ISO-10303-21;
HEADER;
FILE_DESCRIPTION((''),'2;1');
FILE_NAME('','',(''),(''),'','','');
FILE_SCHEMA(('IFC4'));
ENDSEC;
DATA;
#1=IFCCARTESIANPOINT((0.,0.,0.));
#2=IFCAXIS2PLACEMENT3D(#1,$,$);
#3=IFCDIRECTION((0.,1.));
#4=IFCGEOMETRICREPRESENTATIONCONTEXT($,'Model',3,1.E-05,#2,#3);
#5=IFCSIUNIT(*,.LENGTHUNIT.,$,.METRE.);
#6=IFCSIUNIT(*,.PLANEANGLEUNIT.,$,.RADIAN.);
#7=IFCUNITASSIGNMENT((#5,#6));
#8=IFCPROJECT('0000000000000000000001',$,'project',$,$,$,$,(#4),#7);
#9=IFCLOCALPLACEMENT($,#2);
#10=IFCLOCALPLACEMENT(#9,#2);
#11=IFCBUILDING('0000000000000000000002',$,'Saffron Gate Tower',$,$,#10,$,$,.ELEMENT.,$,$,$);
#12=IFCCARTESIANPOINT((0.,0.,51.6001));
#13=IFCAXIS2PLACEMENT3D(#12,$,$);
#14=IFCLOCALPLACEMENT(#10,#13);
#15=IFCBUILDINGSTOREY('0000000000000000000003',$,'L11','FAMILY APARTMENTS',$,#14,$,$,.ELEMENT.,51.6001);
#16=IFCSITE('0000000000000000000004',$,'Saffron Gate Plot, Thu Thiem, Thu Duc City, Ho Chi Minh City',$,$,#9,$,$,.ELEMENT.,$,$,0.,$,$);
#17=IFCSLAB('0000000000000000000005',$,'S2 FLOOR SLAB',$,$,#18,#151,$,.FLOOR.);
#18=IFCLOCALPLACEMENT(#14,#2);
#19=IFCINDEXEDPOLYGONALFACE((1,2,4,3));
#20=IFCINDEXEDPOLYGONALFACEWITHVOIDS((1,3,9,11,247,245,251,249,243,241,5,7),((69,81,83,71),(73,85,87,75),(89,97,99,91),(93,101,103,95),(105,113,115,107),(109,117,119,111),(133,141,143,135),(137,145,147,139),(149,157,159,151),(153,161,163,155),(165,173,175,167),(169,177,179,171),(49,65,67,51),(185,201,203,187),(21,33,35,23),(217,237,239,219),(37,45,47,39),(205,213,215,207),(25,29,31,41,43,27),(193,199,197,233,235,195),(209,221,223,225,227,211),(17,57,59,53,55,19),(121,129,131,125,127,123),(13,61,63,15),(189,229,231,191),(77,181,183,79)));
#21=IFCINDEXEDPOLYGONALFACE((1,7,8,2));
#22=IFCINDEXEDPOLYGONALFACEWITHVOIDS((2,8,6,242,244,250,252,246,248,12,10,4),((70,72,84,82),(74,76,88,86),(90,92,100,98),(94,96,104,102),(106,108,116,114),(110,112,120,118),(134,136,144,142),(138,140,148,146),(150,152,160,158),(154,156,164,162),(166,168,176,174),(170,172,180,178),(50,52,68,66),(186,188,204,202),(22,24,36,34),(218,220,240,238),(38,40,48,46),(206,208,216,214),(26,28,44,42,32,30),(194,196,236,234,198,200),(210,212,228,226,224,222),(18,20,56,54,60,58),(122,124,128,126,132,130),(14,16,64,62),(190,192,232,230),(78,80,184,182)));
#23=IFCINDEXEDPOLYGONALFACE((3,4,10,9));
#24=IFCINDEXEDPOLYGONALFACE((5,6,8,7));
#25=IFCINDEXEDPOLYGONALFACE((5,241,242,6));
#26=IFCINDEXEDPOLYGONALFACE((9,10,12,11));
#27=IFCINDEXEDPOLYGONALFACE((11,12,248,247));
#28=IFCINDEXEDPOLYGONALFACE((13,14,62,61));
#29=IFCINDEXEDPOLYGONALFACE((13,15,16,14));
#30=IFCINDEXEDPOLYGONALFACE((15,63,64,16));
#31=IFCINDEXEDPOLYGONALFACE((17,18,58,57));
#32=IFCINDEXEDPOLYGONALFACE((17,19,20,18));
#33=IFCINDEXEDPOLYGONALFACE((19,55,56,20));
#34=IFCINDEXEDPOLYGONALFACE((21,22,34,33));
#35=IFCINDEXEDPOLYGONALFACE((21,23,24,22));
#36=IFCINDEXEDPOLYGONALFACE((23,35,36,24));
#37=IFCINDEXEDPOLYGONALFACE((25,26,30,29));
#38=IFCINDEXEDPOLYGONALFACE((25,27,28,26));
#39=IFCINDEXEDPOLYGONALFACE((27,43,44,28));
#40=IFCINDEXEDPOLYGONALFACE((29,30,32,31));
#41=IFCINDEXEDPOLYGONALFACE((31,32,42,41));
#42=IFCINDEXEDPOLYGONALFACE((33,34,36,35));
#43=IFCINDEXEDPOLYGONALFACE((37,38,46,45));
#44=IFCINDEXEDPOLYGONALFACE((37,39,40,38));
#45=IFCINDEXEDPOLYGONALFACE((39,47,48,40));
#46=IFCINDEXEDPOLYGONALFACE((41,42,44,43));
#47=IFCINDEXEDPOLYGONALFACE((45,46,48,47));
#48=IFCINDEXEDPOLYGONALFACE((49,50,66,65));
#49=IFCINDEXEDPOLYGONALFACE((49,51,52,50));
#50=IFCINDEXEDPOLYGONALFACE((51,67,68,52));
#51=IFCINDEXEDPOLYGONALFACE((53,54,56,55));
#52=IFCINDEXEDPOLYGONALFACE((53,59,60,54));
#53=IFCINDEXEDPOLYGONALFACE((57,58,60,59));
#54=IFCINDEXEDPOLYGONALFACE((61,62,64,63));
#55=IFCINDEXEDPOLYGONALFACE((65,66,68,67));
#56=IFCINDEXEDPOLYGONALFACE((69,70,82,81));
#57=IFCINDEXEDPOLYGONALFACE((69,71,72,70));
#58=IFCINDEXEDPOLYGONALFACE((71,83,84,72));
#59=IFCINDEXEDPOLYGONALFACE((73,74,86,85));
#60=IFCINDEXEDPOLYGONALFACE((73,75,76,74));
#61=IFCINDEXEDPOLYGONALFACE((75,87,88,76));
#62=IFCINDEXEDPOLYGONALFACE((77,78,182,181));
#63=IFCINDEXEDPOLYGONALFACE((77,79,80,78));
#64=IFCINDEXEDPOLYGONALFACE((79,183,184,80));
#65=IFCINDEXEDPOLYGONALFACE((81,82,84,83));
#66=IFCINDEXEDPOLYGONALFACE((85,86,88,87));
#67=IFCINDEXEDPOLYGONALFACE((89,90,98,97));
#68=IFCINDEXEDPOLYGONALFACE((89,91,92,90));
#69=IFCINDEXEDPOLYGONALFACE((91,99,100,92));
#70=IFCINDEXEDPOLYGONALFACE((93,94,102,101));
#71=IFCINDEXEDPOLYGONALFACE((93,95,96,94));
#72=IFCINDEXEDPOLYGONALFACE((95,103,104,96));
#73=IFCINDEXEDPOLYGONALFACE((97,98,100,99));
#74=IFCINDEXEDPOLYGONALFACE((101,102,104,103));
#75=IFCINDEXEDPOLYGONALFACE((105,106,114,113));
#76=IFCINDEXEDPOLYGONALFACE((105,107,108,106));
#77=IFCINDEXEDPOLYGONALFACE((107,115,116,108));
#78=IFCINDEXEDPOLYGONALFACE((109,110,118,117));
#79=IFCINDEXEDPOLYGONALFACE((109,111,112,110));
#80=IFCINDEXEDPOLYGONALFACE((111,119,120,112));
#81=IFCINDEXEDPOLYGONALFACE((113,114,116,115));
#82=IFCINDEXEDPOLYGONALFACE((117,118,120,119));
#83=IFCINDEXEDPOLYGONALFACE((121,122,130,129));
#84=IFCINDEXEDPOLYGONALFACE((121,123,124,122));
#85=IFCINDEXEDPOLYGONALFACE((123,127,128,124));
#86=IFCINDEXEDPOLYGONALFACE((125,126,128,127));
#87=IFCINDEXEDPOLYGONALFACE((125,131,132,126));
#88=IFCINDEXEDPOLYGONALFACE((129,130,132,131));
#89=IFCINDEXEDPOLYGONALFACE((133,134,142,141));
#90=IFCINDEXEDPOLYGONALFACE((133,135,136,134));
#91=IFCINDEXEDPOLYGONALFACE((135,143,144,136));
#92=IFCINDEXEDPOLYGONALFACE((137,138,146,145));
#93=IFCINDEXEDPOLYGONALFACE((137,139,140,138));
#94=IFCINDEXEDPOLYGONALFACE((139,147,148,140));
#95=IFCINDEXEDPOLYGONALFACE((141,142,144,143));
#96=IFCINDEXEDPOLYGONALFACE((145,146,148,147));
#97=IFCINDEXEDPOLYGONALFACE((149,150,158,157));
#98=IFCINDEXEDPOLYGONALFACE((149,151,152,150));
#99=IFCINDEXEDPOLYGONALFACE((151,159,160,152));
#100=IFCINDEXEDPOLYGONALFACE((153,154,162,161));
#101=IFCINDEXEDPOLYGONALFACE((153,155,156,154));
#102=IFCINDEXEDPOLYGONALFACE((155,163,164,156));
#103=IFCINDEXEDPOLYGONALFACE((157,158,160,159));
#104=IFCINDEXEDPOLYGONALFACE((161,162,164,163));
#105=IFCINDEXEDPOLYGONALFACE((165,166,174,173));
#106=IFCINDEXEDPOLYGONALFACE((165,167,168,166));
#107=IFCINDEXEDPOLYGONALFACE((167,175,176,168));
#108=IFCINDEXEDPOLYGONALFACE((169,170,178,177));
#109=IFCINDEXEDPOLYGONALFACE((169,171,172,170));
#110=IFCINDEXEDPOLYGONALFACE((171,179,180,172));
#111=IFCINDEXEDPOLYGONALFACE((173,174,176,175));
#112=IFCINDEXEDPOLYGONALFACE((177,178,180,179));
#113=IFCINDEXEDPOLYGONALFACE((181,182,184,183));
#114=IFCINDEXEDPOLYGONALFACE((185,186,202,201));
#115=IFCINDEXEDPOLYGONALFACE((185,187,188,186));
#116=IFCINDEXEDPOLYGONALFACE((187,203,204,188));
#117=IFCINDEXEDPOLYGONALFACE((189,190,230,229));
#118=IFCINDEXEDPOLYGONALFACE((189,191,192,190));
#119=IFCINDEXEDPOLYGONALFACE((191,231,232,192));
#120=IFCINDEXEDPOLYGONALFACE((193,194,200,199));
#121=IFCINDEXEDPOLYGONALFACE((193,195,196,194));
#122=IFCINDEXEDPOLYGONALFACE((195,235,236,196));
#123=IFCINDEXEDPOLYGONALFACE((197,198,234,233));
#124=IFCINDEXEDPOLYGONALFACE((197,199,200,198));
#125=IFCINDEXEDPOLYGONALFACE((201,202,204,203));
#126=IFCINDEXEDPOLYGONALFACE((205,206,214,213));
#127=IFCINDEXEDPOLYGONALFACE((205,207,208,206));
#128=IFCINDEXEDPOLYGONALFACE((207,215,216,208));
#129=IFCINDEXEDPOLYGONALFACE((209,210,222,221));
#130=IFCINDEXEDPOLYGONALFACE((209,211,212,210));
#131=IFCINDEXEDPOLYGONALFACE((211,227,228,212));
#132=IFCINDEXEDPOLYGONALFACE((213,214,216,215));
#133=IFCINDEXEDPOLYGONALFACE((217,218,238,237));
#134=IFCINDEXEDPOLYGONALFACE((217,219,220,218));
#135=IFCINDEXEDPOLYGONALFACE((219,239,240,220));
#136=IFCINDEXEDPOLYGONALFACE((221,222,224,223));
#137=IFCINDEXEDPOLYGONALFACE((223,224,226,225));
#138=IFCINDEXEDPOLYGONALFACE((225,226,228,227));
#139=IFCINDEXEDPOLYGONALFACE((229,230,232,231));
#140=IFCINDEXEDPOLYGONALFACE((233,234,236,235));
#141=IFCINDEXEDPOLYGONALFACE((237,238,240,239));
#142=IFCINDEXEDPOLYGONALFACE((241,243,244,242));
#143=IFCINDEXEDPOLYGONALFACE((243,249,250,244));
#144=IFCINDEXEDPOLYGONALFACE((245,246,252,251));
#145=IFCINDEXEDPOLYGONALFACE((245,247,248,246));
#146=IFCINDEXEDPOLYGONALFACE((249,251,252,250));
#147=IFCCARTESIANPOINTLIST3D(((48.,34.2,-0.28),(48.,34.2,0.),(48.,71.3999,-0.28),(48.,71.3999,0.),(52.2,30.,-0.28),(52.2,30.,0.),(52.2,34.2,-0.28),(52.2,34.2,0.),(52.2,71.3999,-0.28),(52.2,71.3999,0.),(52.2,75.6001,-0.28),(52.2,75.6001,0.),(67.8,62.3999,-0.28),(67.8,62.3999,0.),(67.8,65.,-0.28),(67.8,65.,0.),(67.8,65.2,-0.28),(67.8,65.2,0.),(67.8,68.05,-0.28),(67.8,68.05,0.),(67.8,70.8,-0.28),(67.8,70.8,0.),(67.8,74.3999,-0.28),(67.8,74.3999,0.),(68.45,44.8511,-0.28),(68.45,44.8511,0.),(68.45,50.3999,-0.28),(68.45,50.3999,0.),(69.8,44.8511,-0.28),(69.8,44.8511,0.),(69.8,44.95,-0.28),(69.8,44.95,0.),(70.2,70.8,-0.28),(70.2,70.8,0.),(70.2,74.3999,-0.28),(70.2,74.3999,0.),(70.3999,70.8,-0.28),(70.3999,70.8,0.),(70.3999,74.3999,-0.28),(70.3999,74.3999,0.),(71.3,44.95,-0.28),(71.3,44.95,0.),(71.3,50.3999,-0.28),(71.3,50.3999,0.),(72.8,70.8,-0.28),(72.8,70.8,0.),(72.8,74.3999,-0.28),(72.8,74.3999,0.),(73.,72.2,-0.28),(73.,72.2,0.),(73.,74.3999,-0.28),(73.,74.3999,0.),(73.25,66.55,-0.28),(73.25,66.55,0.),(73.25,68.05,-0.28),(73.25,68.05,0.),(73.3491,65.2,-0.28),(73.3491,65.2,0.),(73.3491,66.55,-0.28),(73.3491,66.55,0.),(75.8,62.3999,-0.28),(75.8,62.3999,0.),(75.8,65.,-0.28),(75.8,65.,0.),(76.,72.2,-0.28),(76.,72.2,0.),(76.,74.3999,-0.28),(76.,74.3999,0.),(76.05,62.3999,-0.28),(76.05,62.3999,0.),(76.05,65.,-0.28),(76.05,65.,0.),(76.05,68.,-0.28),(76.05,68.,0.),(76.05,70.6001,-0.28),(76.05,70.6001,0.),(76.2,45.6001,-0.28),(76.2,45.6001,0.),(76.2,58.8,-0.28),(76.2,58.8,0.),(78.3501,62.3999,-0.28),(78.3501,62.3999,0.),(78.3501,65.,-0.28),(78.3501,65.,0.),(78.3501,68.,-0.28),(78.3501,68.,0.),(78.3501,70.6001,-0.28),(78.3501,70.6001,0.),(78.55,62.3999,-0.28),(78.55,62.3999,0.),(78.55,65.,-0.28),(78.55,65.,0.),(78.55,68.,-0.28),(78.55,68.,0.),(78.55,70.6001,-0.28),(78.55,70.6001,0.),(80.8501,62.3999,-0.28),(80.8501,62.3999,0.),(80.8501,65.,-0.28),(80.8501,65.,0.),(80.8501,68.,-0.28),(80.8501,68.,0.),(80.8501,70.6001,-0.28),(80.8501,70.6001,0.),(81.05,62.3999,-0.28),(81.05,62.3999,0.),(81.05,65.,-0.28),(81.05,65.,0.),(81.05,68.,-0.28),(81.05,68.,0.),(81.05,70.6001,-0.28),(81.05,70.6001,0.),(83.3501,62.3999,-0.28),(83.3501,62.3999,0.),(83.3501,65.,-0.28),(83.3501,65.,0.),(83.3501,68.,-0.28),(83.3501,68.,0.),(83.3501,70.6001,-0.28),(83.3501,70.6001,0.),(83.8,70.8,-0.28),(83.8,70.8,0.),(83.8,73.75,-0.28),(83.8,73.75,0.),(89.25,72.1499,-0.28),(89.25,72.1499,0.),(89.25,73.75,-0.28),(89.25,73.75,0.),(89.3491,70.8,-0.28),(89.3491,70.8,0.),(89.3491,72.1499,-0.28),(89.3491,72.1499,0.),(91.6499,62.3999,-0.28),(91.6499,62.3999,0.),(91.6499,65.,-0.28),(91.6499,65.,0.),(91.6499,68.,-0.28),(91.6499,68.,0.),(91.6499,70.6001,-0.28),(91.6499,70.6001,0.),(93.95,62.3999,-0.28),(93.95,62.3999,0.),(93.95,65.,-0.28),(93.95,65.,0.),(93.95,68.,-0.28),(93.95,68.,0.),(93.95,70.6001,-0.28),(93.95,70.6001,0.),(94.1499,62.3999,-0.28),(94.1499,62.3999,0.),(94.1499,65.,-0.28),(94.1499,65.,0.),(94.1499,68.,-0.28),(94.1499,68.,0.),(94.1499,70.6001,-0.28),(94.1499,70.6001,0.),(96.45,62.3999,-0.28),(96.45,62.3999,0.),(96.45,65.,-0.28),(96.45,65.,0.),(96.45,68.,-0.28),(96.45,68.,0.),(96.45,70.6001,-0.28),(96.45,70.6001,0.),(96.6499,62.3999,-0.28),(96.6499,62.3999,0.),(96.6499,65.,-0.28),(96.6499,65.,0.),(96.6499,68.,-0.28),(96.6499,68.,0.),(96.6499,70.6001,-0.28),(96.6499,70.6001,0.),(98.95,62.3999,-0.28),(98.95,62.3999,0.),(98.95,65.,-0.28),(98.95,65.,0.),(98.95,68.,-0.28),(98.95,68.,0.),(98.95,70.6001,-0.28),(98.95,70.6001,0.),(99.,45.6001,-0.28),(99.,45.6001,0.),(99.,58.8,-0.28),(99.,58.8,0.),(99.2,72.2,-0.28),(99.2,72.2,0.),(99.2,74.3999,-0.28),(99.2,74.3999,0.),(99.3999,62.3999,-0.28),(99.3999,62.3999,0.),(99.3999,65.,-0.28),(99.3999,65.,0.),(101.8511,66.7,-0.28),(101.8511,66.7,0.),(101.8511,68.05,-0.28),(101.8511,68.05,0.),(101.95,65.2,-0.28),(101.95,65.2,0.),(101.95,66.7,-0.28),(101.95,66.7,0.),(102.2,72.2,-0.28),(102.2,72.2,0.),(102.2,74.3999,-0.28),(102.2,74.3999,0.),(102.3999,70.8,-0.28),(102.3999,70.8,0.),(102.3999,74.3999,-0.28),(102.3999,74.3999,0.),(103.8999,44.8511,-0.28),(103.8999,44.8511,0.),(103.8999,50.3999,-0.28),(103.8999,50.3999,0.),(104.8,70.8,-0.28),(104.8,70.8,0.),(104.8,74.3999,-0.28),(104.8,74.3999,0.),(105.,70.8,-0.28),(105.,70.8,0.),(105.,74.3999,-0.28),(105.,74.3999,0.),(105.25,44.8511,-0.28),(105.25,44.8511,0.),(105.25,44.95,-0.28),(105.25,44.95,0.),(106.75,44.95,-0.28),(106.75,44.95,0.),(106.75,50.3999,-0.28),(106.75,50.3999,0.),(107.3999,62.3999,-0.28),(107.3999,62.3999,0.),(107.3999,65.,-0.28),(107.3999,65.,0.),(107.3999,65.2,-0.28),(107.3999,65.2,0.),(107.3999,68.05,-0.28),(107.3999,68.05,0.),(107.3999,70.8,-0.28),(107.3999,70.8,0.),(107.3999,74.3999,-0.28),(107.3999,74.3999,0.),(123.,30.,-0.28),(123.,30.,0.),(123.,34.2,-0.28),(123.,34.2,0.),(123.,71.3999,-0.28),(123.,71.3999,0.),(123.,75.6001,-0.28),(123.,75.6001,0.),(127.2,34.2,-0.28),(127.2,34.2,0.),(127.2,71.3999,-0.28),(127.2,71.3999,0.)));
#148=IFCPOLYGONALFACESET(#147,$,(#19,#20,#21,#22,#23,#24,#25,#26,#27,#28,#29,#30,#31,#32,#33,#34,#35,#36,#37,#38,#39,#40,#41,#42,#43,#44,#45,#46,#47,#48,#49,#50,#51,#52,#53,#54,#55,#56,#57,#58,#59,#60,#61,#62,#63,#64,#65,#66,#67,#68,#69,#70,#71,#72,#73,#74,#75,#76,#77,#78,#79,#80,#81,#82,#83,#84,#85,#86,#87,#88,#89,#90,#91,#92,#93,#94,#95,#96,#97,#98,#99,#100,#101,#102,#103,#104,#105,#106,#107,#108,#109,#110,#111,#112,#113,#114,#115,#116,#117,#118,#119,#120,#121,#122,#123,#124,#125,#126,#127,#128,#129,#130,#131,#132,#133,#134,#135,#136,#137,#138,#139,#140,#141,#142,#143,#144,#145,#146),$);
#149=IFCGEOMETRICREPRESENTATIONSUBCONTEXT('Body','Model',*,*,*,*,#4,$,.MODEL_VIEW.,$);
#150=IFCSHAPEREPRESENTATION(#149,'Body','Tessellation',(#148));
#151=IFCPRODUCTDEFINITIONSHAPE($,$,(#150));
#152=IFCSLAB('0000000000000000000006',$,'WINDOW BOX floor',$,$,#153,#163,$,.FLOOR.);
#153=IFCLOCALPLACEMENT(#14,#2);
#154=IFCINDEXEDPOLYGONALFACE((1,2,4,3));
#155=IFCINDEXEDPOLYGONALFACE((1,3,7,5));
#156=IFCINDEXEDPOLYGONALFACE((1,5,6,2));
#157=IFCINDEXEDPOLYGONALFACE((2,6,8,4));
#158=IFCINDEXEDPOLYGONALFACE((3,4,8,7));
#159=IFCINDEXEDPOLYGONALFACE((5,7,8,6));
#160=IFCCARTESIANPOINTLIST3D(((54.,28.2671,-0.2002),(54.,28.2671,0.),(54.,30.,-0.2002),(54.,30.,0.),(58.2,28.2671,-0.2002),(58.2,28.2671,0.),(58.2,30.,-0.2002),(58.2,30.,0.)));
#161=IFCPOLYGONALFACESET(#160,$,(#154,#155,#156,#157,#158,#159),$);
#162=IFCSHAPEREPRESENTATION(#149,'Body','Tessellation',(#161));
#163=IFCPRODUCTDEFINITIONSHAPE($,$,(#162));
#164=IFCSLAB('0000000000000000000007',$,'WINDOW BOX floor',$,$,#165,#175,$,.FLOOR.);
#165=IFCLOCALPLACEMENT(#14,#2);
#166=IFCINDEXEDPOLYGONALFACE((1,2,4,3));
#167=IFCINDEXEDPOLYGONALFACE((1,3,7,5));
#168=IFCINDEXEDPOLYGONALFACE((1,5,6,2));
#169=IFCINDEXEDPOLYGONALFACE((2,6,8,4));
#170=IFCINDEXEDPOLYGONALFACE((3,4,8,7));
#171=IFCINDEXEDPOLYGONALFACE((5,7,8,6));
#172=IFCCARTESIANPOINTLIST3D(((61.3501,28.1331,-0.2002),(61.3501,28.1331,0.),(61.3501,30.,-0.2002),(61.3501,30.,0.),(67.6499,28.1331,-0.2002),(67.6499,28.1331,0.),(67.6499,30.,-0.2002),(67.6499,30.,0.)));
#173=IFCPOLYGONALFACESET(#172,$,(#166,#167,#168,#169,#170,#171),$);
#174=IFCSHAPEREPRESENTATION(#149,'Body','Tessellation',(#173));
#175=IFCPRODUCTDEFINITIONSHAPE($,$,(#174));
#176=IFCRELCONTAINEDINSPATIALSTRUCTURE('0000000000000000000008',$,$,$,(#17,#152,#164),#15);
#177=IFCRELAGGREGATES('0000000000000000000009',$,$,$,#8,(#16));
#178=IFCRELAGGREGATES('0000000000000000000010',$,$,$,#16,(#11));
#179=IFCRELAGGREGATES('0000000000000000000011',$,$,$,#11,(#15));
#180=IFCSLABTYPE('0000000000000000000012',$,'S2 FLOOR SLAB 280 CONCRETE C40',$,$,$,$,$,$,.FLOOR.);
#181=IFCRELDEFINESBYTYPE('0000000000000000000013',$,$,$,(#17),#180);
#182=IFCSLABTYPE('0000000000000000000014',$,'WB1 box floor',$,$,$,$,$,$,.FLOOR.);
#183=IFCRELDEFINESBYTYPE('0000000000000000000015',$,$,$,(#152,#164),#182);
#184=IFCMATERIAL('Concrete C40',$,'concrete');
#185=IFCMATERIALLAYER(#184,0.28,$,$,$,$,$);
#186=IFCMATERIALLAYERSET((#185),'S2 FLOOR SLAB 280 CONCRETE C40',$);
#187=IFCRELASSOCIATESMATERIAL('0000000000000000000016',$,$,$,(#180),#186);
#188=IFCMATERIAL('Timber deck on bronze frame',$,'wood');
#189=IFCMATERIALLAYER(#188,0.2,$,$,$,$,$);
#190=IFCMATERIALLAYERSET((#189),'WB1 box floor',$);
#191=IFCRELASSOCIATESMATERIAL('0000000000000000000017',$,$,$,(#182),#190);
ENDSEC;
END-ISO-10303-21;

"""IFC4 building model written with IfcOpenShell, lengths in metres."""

from ifc_helpers import new_model, si_unit, direction, frame, origin, place, context, subcontext, project, spatial, polyline, outline, extrude, material, layer, layer_set, type_object, element, save


model = new_model("IFC4")

# Units and contexts
model_context = context("Model", 3, precision=1e-05, world=origin(), true_north=direction((0.0, 1.0)))
body_context = subcontext(model_context, "Body", "Model", "MODEL_VIEW")
ifc_project = project(units=[si_unit("LENGTHUNIT", "METRE"), si_unit("PLANEANGLEUNIT", "RADIAN")], contexts=[model_context])

# Site, building, storey
site_placement = place(None, origin())
site = spatial("IfcSite", under=ifc_project, at=site_placement, Name="Saffron Gate Plot, Thu Thiem, Thu Duc City, Ho Chi Minh City", CompositionType="ELEMENT", RefElevation=0.0)
building_placement = place(site_placement, origin())
building = spatial("IfcBuilding", under=site, at=building_placement, Name="Saffron Gate Tower", CompositionType="ELEMENT")
storey_placement = place(building_placement, frame((0.0, 0.0, 51.6001)))
storey = spatial("IfcBuildingStorey", under=building, at=storey_placement, Name="L11", Description="FAMILY APARTMENTS", CompositionType="ELEMENT", Elevation=51.6001)

# Slabs
ifc_material_1 = material(Name="Concrete C40", Category="concrete")
ifc_layer_1 = layer(ifc_material_1, 0.28)
ifc_layer_set_1 = layer_set([ifc_layer_1], Name="S2 FLOOR SLAB 280 CONCRETE C40")
slab_type_1 = type_object("IfcSlabType", Name="S2 FLOOR SLAB 280 CONCRETE C40", PredefinedType="FLOOR", material=ifc_layer_set_1)
slab_1_placement = place(storey_placement, frame((0.0, 0.0, -0.28)))
element("IfcSlab", 1, at=slab_1_placement, inside=storey, type_object=slab_type_1, Name="S2 FLOOR SLAB", PredefinedType="FLOOR", context=body_context, shape_type="SweptSolid", body=[
    extrude(outline(polyline([(48.0, 34.2), (52.2, 34.2), (52.2, 30.0), (123.0, 30.0), (123.0, 34.2), (127.2, 34.2), (127.2, 71.3999), (123.0, 71.3999), (123.0, 75.6001), (52.2, 75.6001), (52.2, 71.3999), (48.0, 71.3999), (48.0, 34.2)]), holes=[polyline([(67.8, 62.3999), (67.8, 65.0), (75.8, 65.0), (75.8, 62.3999), (67.8, 62.3999)]), polyline([(67.8, 65.2), (67.8, 68.05), (73.25, 68.05), (73.25, 66.55), (73.3491, 66.55), (73.3491, 65.2), (67.8, 65.2)]), polyline([(67.8, 70.8), (67.8, 74.3999), (70.2, 74.3999), (70.2, 70.8), (67.8, 70.8)]), polyline([(68.45, 44.8511), (68.45, 50.3999), (71.3, 50.3999), (71.3, 44.95), (69.8, 44.95), (69.8, 44.8511), (68.45, 44.8511)]), polyline([(70.3999, 70.8), (70.3999, 74.3999), (72.8, 74.3999), (72.8, 70.8), (70.3999, 70.8)]), polyline([(73.0, 72.2), (73.0, 74.3999), (76.0, 74.3999), (76.0, 72.2), (73.0, 72.2)]), polyline([(76.05, 62.3999), (76.05, 65.0), (78.3501, 65.0), (78.3501, 62.3999), (76.05, 62.3999)]), polyline([(76.05, 68.0), (76.05, 70.6001), (78.3501, 70.6001), (78.3501, 68.0), (76.05, 68.0)]), polyline([(76.2, 45.6001), (76.2, 58.8), (99.0, 58.8), (99.0, 45.6001), (76.2, 45.6001)]), polyline([(78.55, 62.3999), (78.55, 65.0), (80.8501, 65.0), (80.8501, 62.3999), (78.55, 62.3999)]), polyline([(78.55, 68.0), (78.55, 70.6001), (80.8501, 70.6001), (80.8501, 68.0), (78.55, 68.0)]), polyline([(81.05, 62.3999), (81.05, 65.0), (83.3501, 65.0), (83.3501, 62.3999), (81.05, 62.3999)]), polyline([(81.05, 68.0), (81.05, 70.6001), (83.3501, 70.6001), (83.3501, 68.0), (81.05, 68.0)]), polyline([(83.8, 70.8), (83.8, 73.75), (89.25, 73.75), (89.25, 72.1499), (89.3491, 72.1499), (89.3491, 70.8), (83.8, 70.8)]), polyline([(91.6499, 62.3999), (91.6499, 65.0), (93.95, 65.0), (93.95, 62.3999), (91.6499, 62.3999)]), polyline([(91.6499, 68.0), (91.6499, 70.6001), (93.95, 70.6001), (93.95, 68.0), (91.6499, 68.0)]), polyline([(94.1499, 62.3999), (94.1499, 65.0), (96.45, 65.0), (96.45, 62.3999), (94.1499, 62.3999)]), polyline([(94.1499, 68.0), (94.1499, 70.6001), (96.45, 70.6001), (96.45, 68.0), (94.1499, 68.0)]), polyline([(96.6499, 62.3999), (96.6499, 65.0), (98.95, 65.0), (98.95, 62.3999), (96.6499, 62.3999)]), polyline([(96.6499, 68.0), (96.6499, 70.6001), (98.95, 70.6001), (98.95, 68.0), (96.6499, 68.0)]), polyline([(99.2, 72.2), (99.2, 74.3999), (102.2, 74.3999), (102.2, 72.2), (99.2, 72.2)]), polyline([(99.3999, 62.3999), (99.3999, 65.0), (107.3999, 65.0), (107.3999, 62.3999), (99.3999, 62.3999)]), polyline([(101.8511, 66.7), (101.8511, 68.05), (107.3999, 68.05), (107.3999, 65.2), (101.95, 65.2), (101.95, 66.7), (101.8511, 66.7)]), polyline([(102.3999, 70.8), (102.3999, 74.3999), (104.8, 74.3999), (104.8, 70.8), (102.3999, 70.8)]), polyline([(103.8999, 44.8511), (103.8999, 50.3999), (106.75, 50.3999), (106.75, 44.95), (105.25, 44.95), (105.25, 44.8511), (103.8999, 44.8511)]), polyline([(105.0, 70.8), (105.0, 74.3999), (107.3999, 74.3999), (107.3999, 70.8), (105.0, 70.8)])]), origin(), (0.0, 0.0, 1.0), 0.28),
])
ifc_material_2 = material(Name="Timber deck on bronze frame", Category="wood")
ifc_layer_2 = layer(ifc_material_2, 0.2)
ifc_layer_set_2 = layer_set([ifc_layer_2], Name="WB1 box floor")
slab_type_2 = type_object("IfcSlabType", Name="WB1 box floor", PredefinedType="FLOOR", material=ifc_layer_set_2)
slab_2_placement = place(storey_placement, frame((0.0, 0.0, -0.2002)))
element("IfcSlab", 2, at=slab_2_placement, inside=storey, type_object=slab_type_2, Name="WINDOW BOX floor", PredefinedType="FLOOR", context=body_context, shape_type="SweptSolid", body=[
    extrude(outline(polyline([(54.0, 30.0), (58.2, 30.0), (58.2, 28.2671), (54.0, 28.2671), (54.0, 30.0)])), origin(), (0.0, 0.0, 1.0), 0.2002),
])
slab_3_placement = place(storey_placement, frame((0.0, 0.0, -0.2002)))
element("IfcSlab", 3, at=slab_3_placement, inside=storey, type_object=slab_type_2, Name="WINDOW BOX floor", PredefinedType="FLOOR", context=body_context, shape_type="SweptSolid", body=[
    extrude(outline(polyline([(61.3501, 30.0), (67.6499, 30.0), (67.6499, 28.1331), (61.3501, 28.1331), (61.3501, 30.0)])), origin(), (0.0, 0.0, 1.0), 0.2002),
])

save(model, "model.ifc")
